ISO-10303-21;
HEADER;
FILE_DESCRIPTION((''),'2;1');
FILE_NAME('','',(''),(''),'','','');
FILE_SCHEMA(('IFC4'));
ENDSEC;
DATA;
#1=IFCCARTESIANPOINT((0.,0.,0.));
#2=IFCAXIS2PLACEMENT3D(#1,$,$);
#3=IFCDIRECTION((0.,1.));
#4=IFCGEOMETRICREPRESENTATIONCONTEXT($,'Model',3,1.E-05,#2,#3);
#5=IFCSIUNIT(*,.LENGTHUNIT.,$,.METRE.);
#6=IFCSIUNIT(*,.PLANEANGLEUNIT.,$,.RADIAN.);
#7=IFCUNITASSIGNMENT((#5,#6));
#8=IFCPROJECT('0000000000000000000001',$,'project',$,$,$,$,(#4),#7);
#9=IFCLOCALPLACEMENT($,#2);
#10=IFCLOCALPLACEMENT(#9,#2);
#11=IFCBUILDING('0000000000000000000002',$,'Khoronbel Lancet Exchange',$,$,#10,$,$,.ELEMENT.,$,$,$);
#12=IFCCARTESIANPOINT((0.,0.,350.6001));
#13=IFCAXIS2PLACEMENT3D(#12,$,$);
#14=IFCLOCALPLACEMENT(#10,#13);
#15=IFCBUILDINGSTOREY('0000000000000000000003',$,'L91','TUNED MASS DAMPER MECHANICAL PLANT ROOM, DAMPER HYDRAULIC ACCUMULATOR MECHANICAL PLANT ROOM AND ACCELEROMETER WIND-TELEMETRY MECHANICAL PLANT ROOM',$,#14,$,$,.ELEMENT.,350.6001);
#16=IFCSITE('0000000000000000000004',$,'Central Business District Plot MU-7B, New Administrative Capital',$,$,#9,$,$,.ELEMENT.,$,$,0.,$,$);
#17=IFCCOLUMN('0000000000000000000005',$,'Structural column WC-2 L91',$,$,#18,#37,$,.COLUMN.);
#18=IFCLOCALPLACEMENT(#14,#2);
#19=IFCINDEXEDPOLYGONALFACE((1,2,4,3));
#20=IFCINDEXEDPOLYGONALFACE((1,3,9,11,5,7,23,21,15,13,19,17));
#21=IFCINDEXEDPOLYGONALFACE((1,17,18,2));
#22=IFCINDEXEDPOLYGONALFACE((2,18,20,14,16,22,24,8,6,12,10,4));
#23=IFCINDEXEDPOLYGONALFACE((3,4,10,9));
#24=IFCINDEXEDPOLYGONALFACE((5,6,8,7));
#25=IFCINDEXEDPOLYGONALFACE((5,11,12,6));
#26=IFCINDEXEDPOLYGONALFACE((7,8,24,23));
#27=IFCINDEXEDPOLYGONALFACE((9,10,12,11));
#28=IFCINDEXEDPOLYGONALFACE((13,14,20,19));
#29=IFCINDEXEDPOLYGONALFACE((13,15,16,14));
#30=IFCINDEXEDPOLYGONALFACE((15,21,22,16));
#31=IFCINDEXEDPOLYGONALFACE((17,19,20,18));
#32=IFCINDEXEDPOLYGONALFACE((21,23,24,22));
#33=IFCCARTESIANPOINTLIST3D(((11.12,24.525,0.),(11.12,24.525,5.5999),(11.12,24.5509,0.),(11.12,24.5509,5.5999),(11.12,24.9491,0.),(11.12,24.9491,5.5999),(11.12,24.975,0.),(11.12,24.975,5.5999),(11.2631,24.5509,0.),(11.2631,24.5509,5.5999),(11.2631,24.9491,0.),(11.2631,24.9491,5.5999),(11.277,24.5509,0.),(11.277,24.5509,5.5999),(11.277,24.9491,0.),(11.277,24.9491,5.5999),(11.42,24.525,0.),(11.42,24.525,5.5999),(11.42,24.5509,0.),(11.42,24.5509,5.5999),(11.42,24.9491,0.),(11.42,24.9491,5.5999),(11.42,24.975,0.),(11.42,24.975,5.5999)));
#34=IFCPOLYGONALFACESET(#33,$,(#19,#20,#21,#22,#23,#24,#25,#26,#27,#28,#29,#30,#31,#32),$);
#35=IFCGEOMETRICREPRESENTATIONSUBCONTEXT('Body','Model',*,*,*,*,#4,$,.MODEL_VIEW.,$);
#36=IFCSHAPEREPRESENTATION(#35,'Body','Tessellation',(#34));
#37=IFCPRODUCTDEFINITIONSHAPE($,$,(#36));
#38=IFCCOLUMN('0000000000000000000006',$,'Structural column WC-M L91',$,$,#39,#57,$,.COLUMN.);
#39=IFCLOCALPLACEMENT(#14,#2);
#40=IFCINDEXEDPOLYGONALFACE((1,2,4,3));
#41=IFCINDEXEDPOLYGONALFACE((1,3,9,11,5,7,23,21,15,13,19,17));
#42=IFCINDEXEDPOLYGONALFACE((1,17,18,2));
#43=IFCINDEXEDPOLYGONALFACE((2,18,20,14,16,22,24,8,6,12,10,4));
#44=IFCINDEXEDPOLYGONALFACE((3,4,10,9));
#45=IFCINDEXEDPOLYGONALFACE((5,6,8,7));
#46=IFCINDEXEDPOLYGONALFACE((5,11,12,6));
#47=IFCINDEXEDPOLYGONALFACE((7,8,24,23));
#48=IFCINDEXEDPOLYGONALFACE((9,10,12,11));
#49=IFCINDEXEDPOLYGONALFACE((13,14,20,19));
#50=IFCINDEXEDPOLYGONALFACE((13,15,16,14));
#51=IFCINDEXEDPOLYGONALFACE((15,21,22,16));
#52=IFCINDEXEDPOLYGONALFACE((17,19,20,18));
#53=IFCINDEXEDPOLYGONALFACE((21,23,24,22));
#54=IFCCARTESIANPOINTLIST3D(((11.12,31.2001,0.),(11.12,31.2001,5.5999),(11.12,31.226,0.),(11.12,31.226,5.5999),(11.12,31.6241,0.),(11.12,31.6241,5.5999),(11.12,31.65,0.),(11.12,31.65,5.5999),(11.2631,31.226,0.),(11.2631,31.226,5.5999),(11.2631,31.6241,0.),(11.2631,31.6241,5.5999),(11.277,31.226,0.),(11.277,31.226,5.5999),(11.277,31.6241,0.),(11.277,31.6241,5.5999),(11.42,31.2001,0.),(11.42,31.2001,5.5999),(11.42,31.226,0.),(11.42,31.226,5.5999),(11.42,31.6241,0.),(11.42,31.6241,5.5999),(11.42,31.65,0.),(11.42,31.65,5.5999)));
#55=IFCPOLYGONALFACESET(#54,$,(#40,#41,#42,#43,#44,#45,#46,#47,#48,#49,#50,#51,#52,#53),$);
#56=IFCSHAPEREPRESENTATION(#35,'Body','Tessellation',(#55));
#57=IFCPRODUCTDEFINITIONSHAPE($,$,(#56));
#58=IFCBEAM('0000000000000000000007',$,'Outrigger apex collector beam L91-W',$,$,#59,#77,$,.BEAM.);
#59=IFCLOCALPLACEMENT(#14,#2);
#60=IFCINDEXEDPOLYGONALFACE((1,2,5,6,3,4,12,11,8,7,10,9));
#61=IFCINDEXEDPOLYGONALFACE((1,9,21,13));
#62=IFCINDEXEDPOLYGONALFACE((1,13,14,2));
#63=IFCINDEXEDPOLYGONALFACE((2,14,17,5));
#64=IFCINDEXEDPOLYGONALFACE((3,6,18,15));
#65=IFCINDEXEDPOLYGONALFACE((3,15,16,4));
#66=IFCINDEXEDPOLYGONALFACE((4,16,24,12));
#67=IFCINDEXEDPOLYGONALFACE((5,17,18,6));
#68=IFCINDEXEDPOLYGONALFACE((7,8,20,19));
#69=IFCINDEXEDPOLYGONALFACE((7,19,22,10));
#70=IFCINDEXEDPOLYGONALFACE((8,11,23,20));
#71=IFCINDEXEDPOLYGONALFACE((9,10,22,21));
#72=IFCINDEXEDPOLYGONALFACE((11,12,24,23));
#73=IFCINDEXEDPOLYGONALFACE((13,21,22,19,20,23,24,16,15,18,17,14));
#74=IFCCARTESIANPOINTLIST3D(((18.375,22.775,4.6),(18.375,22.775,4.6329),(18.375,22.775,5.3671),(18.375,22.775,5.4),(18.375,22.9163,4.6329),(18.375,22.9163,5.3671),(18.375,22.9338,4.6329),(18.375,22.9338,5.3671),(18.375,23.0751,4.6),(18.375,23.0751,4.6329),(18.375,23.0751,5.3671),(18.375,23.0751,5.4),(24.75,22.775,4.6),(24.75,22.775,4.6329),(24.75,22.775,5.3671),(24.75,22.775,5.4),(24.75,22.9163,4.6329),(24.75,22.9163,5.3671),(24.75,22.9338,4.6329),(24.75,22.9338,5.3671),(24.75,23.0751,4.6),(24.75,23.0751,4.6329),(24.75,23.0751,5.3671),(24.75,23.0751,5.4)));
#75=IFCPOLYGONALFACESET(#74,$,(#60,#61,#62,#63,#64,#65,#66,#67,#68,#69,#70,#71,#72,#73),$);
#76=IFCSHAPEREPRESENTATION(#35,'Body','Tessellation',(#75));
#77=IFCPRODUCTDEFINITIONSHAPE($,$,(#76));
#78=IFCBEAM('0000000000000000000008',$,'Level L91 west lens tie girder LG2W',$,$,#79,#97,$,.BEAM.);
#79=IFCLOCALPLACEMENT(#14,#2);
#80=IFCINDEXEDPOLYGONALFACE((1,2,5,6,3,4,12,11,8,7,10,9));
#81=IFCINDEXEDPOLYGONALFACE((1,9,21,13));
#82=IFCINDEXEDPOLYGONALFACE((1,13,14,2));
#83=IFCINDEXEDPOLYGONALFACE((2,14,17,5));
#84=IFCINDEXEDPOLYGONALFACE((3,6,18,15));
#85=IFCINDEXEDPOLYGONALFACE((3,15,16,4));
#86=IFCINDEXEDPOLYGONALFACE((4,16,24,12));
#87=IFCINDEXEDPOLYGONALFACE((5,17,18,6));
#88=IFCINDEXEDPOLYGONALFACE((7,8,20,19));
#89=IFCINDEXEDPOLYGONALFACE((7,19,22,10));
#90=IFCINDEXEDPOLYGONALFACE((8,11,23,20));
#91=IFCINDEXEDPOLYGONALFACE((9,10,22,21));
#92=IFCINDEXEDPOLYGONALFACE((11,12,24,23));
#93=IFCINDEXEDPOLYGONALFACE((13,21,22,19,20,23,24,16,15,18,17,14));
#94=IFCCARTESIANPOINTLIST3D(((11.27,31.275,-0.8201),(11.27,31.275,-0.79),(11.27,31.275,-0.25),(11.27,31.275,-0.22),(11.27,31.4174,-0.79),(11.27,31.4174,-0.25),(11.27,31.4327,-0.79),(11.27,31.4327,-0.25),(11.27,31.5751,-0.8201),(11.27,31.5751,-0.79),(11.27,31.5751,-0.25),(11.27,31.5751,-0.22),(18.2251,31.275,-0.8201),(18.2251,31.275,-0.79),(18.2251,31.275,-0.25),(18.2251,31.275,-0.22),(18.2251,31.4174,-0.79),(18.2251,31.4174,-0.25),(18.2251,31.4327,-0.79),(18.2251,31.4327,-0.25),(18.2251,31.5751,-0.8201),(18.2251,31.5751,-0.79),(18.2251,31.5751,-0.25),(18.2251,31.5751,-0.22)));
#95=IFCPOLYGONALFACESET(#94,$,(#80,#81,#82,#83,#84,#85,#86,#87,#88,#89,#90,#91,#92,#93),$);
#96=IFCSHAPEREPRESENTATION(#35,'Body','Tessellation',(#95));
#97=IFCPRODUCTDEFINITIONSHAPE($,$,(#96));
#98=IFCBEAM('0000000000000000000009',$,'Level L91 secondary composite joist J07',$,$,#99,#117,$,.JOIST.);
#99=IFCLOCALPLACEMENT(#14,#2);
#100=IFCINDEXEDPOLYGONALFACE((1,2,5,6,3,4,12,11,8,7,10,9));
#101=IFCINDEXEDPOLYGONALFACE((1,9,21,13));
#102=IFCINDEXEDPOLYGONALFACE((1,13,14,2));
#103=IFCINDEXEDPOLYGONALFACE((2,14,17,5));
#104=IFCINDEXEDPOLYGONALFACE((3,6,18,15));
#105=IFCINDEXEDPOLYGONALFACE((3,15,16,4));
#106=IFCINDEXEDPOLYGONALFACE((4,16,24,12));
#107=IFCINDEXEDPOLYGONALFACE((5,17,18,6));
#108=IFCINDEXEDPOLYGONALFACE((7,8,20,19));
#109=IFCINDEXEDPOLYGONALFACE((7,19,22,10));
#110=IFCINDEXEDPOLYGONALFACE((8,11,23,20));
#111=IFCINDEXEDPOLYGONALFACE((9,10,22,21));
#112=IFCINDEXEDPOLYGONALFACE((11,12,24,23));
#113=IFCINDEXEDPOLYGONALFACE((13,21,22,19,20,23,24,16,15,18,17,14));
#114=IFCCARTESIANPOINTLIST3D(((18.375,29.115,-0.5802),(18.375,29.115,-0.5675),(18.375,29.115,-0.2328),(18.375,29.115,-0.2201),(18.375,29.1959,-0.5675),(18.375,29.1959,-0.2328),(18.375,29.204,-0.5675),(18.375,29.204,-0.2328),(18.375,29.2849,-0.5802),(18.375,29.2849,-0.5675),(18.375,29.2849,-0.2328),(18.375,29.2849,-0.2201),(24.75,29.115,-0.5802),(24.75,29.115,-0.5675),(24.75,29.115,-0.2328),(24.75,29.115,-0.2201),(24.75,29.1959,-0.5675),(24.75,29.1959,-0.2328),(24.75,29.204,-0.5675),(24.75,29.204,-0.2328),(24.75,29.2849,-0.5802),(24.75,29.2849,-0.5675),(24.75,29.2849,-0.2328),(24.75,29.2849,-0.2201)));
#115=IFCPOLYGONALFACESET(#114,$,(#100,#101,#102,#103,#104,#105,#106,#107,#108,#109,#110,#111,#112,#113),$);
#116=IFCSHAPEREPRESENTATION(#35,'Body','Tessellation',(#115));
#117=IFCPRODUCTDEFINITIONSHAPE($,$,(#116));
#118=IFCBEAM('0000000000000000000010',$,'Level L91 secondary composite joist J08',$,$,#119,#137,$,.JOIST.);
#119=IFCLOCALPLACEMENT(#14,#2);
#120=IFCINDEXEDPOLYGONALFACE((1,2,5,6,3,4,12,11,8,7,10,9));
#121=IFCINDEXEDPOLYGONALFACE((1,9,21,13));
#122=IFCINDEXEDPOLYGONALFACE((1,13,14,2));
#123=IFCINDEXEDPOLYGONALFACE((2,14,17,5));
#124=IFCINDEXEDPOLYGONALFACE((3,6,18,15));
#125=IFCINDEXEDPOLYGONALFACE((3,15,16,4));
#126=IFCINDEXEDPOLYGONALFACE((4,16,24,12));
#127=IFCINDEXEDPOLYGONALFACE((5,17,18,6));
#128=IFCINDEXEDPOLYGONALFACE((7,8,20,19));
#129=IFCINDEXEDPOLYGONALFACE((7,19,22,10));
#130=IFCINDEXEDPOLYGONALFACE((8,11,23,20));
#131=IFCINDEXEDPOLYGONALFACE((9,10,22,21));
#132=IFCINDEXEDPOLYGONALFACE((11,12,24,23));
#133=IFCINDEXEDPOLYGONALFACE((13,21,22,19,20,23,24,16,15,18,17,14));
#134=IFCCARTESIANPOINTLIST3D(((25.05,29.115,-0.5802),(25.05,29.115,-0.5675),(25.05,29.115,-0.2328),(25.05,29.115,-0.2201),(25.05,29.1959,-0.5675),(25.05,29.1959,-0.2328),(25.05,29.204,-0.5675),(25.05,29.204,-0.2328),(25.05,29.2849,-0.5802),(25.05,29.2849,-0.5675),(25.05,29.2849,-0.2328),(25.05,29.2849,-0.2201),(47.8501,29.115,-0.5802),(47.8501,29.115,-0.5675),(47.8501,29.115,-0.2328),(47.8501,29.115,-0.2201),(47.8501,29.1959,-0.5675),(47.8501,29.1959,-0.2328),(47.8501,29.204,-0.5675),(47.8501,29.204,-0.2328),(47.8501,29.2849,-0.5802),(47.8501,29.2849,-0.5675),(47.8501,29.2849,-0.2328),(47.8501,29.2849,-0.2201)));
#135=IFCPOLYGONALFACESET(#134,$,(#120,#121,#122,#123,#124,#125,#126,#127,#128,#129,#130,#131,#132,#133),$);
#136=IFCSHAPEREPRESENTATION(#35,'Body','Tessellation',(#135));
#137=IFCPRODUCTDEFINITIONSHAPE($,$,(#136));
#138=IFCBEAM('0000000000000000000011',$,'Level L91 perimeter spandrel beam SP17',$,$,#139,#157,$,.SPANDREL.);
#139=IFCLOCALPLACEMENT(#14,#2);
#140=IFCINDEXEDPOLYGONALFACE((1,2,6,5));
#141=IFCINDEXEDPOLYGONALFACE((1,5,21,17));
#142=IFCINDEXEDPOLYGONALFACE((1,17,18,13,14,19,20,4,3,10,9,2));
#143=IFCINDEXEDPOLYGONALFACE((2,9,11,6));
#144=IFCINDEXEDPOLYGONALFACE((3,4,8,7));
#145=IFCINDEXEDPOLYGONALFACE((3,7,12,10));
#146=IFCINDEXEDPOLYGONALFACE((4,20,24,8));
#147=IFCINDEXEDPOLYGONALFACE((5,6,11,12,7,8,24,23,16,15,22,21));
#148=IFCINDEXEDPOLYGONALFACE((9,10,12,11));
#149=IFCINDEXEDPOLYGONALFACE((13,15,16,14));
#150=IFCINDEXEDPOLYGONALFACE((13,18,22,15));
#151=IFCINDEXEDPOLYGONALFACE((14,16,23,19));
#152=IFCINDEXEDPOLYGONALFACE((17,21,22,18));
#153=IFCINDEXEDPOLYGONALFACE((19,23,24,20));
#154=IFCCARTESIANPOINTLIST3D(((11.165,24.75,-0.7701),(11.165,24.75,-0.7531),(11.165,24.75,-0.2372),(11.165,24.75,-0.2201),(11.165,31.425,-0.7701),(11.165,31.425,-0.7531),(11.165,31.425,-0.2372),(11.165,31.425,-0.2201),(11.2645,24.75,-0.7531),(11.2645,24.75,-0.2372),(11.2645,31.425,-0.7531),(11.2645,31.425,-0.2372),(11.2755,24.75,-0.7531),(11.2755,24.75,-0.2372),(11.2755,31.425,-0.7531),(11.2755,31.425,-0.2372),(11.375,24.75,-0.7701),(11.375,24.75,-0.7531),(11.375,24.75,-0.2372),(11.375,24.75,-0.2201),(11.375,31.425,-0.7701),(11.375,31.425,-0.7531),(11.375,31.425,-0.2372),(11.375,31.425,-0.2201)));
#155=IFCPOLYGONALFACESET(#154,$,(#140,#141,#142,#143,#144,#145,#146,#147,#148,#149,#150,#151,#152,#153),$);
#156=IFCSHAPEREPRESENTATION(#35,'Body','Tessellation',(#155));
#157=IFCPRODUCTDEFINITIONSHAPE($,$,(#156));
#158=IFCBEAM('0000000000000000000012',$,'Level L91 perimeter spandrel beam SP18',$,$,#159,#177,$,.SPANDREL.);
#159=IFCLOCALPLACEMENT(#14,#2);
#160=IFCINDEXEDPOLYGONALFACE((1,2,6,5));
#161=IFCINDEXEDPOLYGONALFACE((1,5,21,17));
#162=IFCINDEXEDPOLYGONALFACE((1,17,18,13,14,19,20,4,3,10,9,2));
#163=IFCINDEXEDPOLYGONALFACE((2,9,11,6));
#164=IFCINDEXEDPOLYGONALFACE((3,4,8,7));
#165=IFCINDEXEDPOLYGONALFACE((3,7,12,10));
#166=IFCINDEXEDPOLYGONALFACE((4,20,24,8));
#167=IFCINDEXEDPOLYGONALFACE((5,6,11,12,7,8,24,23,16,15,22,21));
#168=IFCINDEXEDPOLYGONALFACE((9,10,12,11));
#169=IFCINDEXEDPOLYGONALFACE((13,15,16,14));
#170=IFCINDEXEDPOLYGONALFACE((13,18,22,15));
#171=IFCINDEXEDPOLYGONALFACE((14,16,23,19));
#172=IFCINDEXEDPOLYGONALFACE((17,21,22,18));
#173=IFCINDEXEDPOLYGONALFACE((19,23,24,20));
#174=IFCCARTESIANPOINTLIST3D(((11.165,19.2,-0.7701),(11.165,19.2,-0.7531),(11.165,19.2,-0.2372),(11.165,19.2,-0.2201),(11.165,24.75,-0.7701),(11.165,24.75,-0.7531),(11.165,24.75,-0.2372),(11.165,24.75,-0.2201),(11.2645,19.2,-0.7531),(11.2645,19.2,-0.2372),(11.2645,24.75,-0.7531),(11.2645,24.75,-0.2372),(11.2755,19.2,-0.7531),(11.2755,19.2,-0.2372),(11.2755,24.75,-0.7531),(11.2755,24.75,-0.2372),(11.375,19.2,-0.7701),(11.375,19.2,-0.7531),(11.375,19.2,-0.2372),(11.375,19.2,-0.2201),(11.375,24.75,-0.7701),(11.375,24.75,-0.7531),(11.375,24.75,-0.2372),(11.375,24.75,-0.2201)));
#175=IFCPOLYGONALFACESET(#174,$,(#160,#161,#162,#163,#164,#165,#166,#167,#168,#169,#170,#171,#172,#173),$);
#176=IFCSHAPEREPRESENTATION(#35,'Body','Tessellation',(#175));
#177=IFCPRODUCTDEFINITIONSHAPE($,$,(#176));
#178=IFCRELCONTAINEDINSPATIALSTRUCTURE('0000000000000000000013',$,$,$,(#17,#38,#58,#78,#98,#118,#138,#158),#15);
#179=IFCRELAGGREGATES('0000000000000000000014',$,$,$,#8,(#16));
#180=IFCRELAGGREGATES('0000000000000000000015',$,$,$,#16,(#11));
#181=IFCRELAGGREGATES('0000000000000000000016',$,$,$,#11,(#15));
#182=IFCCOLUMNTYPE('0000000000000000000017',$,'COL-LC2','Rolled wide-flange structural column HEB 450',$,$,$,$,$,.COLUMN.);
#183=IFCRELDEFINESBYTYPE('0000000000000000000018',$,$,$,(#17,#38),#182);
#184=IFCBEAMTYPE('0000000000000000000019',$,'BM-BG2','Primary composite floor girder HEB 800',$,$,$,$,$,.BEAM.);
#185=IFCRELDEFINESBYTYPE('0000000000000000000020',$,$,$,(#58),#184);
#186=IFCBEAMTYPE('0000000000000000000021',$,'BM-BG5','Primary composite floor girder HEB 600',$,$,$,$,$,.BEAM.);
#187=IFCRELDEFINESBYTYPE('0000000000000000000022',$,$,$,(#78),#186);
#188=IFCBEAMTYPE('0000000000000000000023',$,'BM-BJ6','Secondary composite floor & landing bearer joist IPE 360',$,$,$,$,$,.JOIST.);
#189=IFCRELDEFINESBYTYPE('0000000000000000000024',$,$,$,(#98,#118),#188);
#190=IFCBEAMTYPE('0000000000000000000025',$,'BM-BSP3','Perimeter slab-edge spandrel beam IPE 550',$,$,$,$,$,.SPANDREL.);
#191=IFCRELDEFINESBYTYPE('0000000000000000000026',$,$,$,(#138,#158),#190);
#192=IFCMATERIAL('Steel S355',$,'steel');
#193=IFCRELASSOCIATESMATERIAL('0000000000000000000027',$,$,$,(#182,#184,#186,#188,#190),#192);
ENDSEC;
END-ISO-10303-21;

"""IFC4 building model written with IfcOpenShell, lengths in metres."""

from ifc_helpers import new_model, si_unit, direction, frame, origin, origin_2d, place, context, subcontext, project, spatial, i_section, extrude, material, material_profile, profile_set, type_object, element, save


model = new_model("IFC4")

# Units and contexts
model_context = context("Model", 3, precision=1e-05, world=origin(), true_north=direction((0.0, 1.0)))
body_context = subcontext(model_context, "Body", "Model", "MODEL_VIEW")
ifc_project = project(units=[si_unit("LENGTHUNIT", "METRE"), si_unit("PLANEANGLEUNIT", "RADIAN")], contexts=[model_context])

# Site, building, storey
site_placement = place(None, origin())
site = spatial("IfcSite", under=ifc_project, at=site_placement, Name="Central Business District Plot MU-7B, New Administrative Capital", CompositionType="ELEMENT", RefElevation=0.0)
building_placement = place(site_placement, origin())
building = spatial("IfcBuilding", under=site, at=building_placement, Name="Khoronbel Lancet Exchange", CompositionType="ELEMENT")
storey_placement = place(building_placement, frame((0.0, 0.0, 350.6001)))
storey = spatial("IfcBuildingStorey", under=building, at=storey_placement, Name="L91", Description="TUNED MASS DAMPER MECHANICAL PLANT ROOM, DAMPER HYDRAULIC ACCUMULATOR MECHANICAL PLANT ROOM AND ACCELEROMETER WIND-TELEMETRY MECHANICAL PLANT ROOM", CompositionType="ELEMENT", Elevation=350.6001)

# Columns
ifc_material_1 = material(Name="Steel S355", Category="steel")
ifc_material_profile_1 = material_profile(ifc_material_1, i_section(OverallWidth=0.3, OverallDepth=0.45, WebThickness=0.0139, FlangeThickness=0.0259, at=origin_2d()), Name="HEB 450")
ifc_profile_set_1 = profile_set([ifc_material_profile_1], Name="Steel S355")
column_type = type_object("IfcColumnType", Name="COL-LC2", Description="Rolled wide-flange structural column HEB 450", PredefinedType="COLUMN", material=ifc_profile_set_1)
for number, where, z_axis, x_axis, name in (
    (1, (11.27, 24.75, 0.0), (0.0, 0.0, 1.0), (1.0, 0.0, 0.0), "Structural column WC-2 L91"),
    (2, (11.27, 31.425, 0.0), (0.0, 0.0, 1.0), (1.0, 0.0, 0.0), "Structural column WC-M L91"),
):
    element("IfcColumn", number, at=place(storey_placement, frame(where, z_axis=z_axis, x_axis=x_axis)), inside=storey, type_object=column_type, Name=name, PredefinedType="COLUMN", context=body_context, shape_type="SweptSolid", body=[
        extrude(i_section(OverallWidth=0.3, OverallDepth=0.45, WebThickness=0.0139, FlangeThickness=0.0259, at=origin_2d()), origin(), (0.0, 0.0, 1.0), 5.5999),
    ])

# Beams
ifc_material_profile_2 = material_profile(ifc_material_1, i_section(OverallWidth=0.3, OverallDepth=0.8, WebThickness=0.0176, FlangeThickness=0.033, at=origin_2d()), Name="HEB 800")
ifc_profile_set_2 = profile_set([ifc_material_profile_2], Name="Steel S355")
beam_type_1 = type_object("IfcBeamType", Name="BM-BG2", Description="Primary composite floor girder HEB 800", PredefinedType="BEAM", material=ifc_profile_set_2)
beam_1_placement = place(storey_placement, frame((18.375, 22.925, 5.0), z_axis=(1.0, 0.0, 0.0), x_axis=(0.0, 1.0, 0.0)))
element("IfcBeam", 3, at=beam_1_placement, inside=storey, type_object=beam_type_1, Name="Outrigger apex collector beam L91-W", PredefinedType="BEAM", context=body_context, shape_type="SweptSolid", body=[
    extrude(i_section(OverallWidth=0.3, OverallDepth=0.8, WebThickness=0.0176, FlangeThickness=0.033, at=origin_2d()), origin(), (0.0, 0.0, 1.0), 6.375),
])
ifc_material_profile_3 = material_profile(ifc_material_1, i_section(OverallWidth=0.3, OverallDepth=0.6001, WebThickness=0.0154, FlangeThickness=0.03, at=origin_2d()), Name="HEB 600")
ifc_profile_set_3 = profile_set([ifc_material_profile_3], Name="Steel S355")
beam_type_2 = type_object("IfcBeamType", Name="BM-BG5", Description="Primary composite floor girder HEB 600", PredefinedType="BEAM", material=ifc_profile_set_3)
beam_2_placement = place(storey_placement, frame((11.27, 31.425, -0.52), z_axis=(1.0, 0.0, 0.0), x_axis=(0.0, 1.0, 0.0)))
element("IfcBeam", 4, at=beam_2_placement, inside=storey, type_object=beam_type_2, Name="Level L91 west lens tie girder LG2W", PredefinedType="BEAM", context=body_context, shape_type="SweptSolid", body=[
    extrude(i_section(OverallWidth=0.3, OverallDepth=0.6001, WebThickness=0.0154, FlangeThickness=0.03, at=origin_2d()), origin(), (0.0, 0.0, 1.0), 6.9551),
])
ifc_material_profile_4 = material_profile(ifc_material_1, i_section(OverallWidth=0.1699, OverallDepth=0.3601, WebThickness=0.0081, FlangeThickness=0.0127, at=origin_2d()), Name="IPE 360")
ifc_profile_set_4 = profile_set([ifc_material_profile_4], Name="Steel S355")
beam_type_3 = type_object("IfcBeamType", Name="BM-BJ6", Description="Secondary composite floor & landing bearer joist IPE 360", PredefinedType="JOIST", material=ifc_profile_set_4)
beam_3_placement = place(storey_placement, frame((18.375, 29.2, -0.4001), z_axis=(1.0, 0.0, 0.0), x_axis=(0.0, 1.0, 0.0)))
element("IfcBeam", 5, at=beam_3_placement, inside=storey, type_object=beam_type_3, Name="Level L91 secondary composite joist J07", PredefinedType="JOIST", context=body_context, shape_type="SweptSolid", body=[
    extrude(i_section(OverallWidth=0.1699, OverallDepth=0.3601, WebThickness=0.0081, FlangeThickness=0.0127, at=origin_2d()), origin(), (0.0, 0.0, 1.0), 6.375),
])
beam_4_placement = place(storey_placement, frame((25.05, 29.2, -0.4001), z_axis=(1.0, 0.0, 0.0), x_axis=(0.0, 1.0, 0.0)))
element("IfcBeam", 6, at=beam_4_placement, inside=storey, type_object=beam_type_3, Name="Level L91 secondary composite joist J08", PredefinedType="JOIST", context=body_context, shape_type="SweptSolid", body=[
    extrude(i_section(OverallWidth=0.1699, OverallDepth=0.3601, WebThickness=0.0081, FlangeThickness=0.0127, at=origin_2d()), origin(), (0.0, 0.0, 1.0), 22.8),
])
ifc_material_profile_5 = material_profile(ifc_material_1, i_section(OverallWidth=0.21, OverallDepth=0.55, WebThickness=0.011, FlangeThickness=0.0171, at=origin_2d()), Name="IPE 550")
ifc_profile_set_5 = profile_set([ifc_material_profile_5], Name="Steel S355")
beam_type_4 = type_object("IfcBeamType", Name="BM-BSP3", Description="Perimeter slab-edge spandrel beam IPE 550", PredefinedType="SPANDREL", material=ifc_profile_set_5)
beam_5_placement = place(storey_placement, frame((11.27, 31.425, -0.4951), z_axis=(0.0, -1.0, 0.0), x_axis=(1.0, 0.0, 0.0)))
element("IfcBeam", 7, at=beam_5_placement, inside=storey, type_object=beam_type_4, Name="Level L91 perimeter spandrel beam SP17", PredefinedType="SPANDREL", context=body_context, shape_type="SweptSolid", body=[
    extrude(i_section(OverallWidth=0.21, OverallDepth=0.55, WebThickness=0.011, FlangeThickness=0.0171, at=origin_2d()), origin(), (0.0, 0.0, 1.0), 6.675),
])
beam_6_placement = place(storey_placement, frame((11.27, 24.75, -0.4951), z_axis=(0.0, -1.0, 0.0), x_axis=(1.0, 0.0, 0.0)))
element("IfcBeam", 8, at=beam_6_placement, inside=storey, type_object=beam_type_4, Name="Level L91 perimeter spandrel beam SP18", PredefinedType="SPANDREL", context=body_context, shape_type="SweptSolid", body=[
    extrude(i_section(OverallWidth=0.21, OverallDepth=0.55, WebThickness=0.011, FlangeThickness=0.0171, at=origin_2d()), origin(), (0.0, 0.0, 1.0), 5.55),
])

save(model, "model.ifc")
